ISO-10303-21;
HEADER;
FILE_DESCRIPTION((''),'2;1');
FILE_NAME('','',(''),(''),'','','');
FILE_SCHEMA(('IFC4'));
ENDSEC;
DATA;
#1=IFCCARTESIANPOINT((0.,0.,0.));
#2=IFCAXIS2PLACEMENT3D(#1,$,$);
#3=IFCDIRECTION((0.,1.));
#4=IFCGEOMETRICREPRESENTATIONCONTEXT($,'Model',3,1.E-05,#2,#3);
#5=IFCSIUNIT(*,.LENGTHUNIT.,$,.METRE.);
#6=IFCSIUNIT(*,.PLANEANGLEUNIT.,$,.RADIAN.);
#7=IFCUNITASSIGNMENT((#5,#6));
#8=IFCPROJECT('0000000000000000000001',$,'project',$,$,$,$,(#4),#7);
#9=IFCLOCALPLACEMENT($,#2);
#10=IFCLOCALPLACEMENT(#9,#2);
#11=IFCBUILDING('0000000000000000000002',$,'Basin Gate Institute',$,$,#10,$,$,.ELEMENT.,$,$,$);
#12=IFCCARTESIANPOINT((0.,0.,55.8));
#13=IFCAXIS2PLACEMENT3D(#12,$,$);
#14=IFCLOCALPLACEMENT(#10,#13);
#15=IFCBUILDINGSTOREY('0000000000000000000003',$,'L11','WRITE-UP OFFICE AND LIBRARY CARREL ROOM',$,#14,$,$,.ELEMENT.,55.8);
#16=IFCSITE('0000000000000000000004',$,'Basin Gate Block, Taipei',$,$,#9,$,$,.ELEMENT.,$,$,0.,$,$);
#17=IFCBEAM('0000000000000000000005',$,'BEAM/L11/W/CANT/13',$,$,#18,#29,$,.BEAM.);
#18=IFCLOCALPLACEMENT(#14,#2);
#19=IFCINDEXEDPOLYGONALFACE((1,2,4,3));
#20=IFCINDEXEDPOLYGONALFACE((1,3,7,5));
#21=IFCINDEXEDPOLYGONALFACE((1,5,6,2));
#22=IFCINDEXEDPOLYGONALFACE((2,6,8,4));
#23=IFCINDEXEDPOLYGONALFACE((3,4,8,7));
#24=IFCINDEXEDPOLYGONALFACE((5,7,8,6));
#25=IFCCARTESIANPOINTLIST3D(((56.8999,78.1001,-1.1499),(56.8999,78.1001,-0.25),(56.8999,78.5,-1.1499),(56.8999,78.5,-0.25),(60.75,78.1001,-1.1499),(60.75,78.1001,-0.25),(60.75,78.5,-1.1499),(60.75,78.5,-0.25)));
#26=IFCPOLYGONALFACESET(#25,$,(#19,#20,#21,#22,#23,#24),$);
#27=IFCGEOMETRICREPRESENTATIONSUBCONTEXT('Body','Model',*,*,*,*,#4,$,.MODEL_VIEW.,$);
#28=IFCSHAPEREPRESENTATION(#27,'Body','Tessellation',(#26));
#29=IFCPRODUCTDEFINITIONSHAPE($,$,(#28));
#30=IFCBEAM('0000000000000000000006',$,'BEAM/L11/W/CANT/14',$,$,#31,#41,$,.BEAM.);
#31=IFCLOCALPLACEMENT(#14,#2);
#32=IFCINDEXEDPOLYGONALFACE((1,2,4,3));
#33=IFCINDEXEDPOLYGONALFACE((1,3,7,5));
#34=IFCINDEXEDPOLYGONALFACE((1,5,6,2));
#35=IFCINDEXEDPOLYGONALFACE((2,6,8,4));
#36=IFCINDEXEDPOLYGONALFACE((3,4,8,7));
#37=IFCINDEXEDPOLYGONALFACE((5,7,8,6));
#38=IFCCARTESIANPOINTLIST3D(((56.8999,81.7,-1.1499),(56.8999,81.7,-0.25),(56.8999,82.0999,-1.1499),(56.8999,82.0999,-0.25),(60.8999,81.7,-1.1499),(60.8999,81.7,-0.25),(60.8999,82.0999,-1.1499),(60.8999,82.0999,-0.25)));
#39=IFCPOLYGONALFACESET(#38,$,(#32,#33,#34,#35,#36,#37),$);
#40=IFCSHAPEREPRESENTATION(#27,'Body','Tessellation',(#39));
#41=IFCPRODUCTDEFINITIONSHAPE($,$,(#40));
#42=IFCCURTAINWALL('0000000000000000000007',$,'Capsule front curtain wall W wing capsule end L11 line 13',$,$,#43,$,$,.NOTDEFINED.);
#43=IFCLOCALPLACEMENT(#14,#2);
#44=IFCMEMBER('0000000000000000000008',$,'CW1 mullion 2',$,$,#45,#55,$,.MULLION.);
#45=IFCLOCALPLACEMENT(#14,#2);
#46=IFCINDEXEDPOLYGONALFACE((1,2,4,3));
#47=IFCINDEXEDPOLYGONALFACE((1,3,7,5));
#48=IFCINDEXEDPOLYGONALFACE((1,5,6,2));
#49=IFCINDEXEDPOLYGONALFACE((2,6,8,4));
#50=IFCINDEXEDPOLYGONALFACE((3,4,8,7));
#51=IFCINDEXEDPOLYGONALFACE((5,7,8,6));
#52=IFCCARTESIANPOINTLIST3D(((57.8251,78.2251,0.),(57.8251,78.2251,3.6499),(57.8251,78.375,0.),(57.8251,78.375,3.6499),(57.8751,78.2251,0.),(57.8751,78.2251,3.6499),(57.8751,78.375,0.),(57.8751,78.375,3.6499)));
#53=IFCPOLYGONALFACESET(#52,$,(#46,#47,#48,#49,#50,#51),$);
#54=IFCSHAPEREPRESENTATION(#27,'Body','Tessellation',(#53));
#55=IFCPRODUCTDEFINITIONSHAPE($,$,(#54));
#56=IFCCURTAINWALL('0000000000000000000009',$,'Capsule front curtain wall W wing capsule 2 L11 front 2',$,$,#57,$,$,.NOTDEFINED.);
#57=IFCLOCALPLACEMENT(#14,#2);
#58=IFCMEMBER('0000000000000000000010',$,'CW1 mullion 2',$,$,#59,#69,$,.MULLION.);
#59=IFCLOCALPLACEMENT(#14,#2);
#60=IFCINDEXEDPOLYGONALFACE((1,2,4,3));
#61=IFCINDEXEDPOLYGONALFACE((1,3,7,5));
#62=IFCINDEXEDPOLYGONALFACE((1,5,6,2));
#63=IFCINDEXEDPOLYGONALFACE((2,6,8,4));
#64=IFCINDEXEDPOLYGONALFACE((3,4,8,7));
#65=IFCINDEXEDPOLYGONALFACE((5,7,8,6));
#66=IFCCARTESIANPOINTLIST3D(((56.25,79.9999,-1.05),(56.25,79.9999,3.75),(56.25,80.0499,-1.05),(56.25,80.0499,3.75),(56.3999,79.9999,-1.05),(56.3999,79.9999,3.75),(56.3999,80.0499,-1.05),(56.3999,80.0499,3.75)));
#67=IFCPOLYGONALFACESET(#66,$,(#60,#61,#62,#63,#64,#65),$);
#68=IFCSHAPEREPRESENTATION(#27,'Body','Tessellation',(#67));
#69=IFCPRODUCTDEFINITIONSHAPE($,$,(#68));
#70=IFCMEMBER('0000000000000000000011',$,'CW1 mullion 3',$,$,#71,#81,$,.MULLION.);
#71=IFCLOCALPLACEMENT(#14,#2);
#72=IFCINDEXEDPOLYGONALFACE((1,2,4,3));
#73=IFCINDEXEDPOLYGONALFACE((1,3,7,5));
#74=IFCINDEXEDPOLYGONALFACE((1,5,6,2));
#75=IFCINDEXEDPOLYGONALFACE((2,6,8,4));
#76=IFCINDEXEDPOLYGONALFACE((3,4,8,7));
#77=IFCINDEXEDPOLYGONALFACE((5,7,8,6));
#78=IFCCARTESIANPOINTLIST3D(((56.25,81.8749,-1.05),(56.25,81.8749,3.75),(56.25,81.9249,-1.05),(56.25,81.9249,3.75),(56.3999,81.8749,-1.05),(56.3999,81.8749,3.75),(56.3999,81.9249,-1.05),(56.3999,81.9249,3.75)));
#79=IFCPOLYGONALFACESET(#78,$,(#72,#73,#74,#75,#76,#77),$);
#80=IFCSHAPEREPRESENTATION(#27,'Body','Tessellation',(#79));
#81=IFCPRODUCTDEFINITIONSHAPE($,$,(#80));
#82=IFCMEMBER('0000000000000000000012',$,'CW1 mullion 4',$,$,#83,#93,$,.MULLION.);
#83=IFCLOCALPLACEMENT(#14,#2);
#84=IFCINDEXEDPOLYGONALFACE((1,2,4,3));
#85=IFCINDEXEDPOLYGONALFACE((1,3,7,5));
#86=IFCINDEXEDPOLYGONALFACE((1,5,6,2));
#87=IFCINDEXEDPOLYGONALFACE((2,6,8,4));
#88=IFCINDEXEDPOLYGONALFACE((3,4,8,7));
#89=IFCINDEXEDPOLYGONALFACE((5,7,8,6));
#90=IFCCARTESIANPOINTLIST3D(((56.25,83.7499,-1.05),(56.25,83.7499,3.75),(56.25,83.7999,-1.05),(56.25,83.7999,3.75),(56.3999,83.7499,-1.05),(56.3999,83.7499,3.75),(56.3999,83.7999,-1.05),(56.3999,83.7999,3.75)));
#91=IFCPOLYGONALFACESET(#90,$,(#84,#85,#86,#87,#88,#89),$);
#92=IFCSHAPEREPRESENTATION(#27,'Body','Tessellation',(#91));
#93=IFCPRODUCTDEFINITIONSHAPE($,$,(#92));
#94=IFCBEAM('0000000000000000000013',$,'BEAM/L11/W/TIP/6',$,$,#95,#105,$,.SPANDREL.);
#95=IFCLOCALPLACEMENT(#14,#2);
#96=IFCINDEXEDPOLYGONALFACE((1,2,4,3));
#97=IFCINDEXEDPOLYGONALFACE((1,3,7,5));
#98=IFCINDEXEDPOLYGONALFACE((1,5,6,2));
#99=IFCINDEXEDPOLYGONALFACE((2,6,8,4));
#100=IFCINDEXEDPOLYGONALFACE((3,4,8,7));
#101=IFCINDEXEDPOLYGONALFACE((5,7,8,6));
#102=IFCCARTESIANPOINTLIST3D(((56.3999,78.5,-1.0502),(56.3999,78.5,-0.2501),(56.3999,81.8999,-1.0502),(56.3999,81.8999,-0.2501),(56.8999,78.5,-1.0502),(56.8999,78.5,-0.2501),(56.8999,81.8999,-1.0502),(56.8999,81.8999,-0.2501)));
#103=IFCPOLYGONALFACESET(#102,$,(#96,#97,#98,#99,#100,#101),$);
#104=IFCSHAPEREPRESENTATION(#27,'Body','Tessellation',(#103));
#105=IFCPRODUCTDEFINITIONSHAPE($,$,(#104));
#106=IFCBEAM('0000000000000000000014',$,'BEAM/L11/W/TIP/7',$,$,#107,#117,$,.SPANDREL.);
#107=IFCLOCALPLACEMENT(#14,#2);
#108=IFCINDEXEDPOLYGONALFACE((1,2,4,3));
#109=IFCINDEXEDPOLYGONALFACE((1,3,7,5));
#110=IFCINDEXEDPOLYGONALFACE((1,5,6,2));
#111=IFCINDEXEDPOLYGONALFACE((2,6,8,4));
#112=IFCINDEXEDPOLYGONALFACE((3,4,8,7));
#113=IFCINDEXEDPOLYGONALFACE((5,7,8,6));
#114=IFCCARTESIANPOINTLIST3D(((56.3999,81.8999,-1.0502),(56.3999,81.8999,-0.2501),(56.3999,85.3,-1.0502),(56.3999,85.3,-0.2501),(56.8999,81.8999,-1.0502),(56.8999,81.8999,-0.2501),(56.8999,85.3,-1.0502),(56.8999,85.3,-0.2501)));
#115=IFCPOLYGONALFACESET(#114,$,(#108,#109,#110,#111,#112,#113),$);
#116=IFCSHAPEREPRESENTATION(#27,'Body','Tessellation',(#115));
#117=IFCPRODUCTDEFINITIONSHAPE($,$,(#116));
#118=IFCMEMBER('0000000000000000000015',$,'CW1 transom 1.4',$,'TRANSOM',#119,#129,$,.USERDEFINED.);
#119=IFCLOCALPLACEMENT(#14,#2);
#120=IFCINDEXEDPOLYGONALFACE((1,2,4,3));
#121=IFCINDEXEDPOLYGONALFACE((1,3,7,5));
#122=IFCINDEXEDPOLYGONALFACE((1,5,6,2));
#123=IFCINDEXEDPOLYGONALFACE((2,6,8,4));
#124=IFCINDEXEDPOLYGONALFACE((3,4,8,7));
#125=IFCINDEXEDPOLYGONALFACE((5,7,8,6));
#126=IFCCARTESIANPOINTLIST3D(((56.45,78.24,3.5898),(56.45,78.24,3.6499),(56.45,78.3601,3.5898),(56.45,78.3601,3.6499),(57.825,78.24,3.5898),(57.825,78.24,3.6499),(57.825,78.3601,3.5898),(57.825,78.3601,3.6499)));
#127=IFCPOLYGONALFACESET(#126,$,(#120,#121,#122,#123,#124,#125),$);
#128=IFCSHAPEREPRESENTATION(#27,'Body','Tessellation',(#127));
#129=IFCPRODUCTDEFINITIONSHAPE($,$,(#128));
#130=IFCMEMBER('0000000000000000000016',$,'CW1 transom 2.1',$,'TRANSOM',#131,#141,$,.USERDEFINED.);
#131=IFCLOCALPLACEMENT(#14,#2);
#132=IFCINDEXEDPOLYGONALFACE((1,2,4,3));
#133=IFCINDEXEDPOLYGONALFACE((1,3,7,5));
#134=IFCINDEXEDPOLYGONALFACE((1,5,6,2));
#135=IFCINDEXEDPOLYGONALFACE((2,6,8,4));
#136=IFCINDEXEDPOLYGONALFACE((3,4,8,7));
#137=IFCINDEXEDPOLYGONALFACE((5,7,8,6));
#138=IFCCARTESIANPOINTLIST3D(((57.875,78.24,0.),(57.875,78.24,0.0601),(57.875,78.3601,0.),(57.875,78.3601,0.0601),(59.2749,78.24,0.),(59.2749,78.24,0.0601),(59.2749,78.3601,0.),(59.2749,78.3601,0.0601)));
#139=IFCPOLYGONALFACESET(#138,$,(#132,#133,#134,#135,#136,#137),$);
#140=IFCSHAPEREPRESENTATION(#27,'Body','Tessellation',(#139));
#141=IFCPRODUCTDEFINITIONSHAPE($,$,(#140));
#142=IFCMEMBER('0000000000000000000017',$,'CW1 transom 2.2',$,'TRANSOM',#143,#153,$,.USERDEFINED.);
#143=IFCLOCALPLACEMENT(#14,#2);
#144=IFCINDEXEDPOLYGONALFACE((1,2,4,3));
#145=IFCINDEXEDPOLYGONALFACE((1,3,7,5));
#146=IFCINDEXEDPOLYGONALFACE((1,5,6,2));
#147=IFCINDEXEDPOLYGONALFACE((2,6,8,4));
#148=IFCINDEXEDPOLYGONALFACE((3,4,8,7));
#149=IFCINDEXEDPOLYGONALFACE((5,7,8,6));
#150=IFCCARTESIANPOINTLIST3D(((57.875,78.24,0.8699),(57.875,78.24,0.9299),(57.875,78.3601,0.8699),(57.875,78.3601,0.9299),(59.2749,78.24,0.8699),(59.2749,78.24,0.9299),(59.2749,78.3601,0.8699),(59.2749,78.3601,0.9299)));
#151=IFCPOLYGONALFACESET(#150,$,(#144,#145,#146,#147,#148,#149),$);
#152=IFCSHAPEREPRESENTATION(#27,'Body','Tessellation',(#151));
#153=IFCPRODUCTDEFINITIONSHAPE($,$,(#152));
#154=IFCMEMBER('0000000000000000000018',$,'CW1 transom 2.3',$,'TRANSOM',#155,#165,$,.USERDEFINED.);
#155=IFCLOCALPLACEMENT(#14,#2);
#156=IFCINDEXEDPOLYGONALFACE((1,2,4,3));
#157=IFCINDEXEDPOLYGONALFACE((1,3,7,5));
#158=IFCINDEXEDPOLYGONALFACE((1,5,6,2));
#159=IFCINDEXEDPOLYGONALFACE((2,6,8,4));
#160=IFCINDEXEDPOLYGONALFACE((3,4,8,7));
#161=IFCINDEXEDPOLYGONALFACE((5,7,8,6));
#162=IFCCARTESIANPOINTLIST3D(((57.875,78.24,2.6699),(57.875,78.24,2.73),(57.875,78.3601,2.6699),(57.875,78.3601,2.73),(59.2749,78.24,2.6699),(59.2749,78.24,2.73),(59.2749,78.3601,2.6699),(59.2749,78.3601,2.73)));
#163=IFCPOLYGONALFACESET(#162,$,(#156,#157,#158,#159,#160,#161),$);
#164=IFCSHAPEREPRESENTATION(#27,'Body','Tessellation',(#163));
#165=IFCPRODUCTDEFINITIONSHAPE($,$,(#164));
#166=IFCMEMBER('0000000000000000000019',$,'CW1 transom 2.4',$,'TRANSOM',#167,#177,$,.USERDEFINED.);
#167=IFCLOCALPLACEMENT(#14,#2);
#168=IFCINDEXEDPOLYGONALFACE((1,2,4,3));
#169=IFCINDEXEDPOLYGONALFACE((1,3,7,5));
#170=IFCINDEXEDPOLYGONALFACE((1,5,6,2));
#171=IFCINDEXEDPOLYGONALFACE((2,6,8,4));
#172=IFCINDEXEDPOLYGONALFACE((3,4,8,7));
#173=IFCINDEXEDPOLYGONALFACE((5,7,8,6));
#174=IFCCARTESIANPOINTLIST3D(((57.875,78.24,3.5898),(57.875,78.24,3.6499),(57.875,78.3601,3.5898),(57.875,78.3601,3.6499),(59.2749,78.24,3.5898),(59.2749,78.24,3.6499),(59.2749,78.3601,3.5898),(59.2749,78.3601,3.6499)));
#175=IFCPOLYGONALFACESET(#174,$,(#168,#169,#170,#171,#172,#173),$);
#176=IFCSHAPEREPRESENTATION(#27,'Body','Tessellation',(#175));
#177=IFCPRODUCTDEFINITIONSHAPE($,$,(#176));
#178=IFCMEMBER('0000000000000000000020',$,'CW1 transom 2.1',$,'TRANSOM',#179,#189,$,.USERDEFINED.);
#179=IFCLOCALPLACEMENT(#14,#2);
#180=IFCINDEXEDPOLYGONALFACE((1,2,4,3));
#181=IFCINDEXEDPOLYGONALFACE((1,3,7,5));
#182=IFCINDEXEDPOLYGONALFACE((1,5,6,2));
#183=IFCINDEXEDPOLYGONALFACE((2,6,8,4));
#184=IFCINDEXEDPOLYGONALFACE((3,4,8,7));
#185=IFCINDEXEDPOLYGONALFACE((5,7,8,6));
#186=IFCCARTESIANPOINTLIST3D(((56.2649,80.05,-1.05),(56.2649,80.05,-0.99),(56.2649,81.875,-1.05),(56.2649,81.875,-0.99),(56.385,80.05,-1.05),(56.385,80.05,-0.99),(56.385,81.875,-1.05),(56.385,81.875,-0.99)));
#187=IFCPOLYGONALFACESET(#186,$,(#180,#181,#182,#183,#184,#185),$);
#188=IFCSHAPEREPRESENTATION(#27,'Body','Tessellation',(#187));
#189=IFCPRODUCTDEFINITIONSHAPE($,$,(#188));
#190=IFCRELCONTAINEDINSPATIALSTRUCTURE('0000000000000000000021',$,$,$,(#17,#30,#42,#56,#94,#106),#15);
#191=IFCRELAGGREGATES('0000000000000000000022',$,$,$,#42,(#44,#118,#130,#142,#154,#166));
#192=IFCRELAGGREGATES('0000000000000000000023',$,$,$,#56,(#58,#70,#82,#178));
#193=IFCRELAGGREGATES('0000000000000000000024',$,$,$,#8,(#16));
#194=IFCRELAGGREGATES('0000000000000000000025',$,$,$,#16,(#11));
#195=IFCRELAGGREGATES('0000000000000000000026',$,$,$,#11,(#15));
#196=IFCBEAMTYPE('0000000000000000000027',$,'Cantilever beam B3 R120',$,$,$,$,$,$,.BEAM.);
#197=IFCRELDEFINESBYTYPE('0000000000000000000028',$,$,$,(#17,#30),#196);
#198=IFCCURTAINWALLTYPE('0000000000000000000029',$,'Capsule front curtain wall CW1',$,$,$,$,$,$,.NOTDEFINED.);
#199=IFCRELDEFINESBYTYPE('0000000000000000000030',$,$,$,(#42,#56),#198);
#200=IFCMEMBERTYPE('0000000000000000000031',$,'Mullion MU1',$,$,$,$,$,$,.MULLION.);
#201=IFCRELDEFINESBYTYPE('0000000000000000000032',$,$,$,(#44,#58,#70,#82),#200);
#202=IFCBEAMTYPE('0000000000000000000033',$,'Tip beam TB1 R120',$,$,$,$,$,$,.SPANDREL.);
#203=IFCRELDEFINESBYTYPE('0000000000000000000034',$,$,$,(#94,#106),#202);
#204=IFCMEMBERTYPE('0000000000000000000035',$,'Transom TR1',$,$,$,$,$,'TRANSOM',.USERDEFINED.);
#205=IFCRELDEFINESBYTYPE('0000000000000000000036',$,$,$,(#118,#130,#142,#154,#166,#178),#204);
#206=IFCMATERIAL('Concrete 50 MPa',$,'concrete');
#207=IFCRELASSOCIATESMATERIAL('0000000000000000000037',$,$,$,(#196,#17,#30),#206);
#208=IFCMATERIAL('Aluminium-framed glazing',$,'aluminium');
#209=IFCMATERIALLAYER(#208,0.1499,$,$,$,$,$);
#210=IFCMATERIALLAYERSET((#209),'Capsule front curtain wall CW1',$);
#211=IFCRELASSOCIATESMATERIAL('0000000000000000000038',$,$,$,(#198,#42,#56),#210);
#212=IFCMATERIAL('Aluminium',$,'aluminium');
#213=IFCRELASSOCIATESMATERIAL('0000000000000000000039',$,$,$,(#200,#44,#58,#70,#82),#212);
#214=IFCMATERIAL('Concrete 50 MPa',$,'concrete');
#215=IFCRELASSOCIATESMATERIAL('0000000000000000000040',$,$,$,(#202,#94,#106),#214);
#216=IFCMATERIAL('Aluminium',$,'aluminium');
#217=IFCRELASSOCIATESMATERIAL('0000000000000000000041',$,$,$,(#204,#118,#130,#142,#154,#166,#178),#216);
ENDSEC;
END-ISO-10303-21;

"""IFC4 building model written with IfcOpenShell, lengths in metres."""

from ifc_helpers import new_model, si_unit, direction, frame, origin, origin_2d, place, context, subcontext, project, spatial, rectangle, extrude, material, layer, layer_set, material_profile, profile_set, type_object, element, aggregate, save


model = new_model("IFC4")

# Units and contexts
model_context = context("Model", 3, precision=1e-05, world=origin(), true_north=direction((0.0, 1.0)))
body_context = subcontext(model_context, "Body", "Model", "MODEL_VIEW")
ifc_project = project(units=[si_unit("LENGTHUNIT", "METRE"), si_unit("PLANEANGLEUNIT", "RADIAN")], contexts=[model_context])

# Site, building, storey
site_placement = place(None, origin())
site = spatial("IfcSite", under=ifc_project, at=site_placement, Name="Basin Gate Block, Taipei", CompositionType="ELEMENT", RefElevation=0.0)
building_placement = place(site_placement, origin())
building = spatial("IfcBuilding", under=site, at=building_placement, Name="Basin Gate Institute", CompositionType="ELEMENT")
storey_placement = place(building_placement, frame((0.0, 0.0, 55.8)))
storey = spatial("IfcBuildingStorey", under=building, at=storey_placement, Name="L11", Description="WRITE-UP OFFICE AND LIBRARY CARREL ROOM", CompositionType="ELEMENT", Elevation=55.8)

# Beams
ifc_material_1 = material(Name="Concrete 50 MPa", Category="concrete")
ifc_material_profile_1 = material_profile(ifc_material_1, rectangle(XDim=0.3999, YDim=0.8999, at=origin_2d()), Name="Cantilever beam B3 400 x 900")
ifc_profile_set_1 = profile_set([ifc_material_profile_1], Name="Concrete 50 MPa")
beam_type_1 = type_object("IfcBeamType", Name="Cantilever beam B3 R120", PredefinedType="BEAM", material=ifc_profile_set_1)
beam_1_placement = place(storey_placement, frame((56.8999, 78.3, -0.7), z_axis=(1.0, 0.0, 0.0), x_axis=(0.0, 1.0, 0.0)))
element("IfcBeam", 1, at=beam_1_placement, inside=storey, type_object=beam_type_1, material=ifc_profile_set_1, Name="BEAM/L11/W/CANT/13", PredefinedType="BEAM", context=body_context, shape_type="SweptSolid", body=[
    extrude(rectangle(XDim=0.3999, YDim=0.8999, at=origin_2d()), origin(), (0.0, 0.0, 1.0), 3.8501),
])
beam_2_placement = place(storey_placement, frame((56.8999, 81.8999, -0.7), z_axis=(1.0, 0.0, 0.0), x_axis=(0.0, 1.0, 0.0)))
element("IfcBeam", 2, at=beam_2_placement, inside=storey, type_object=beam_type_1, material=ifc_profile_set_1, Name="BEAM/L11/W/CANT/14", PredefinedType="BEAM", context=body_context, shape_type="SweptSolid", body=[
    extrude(rectangle(XDim=0.3999, YDim=0.8999, at=origin_2d()), origin(), (0.0, 0.0, 1.0), 4.0),
])

# Curtain wall, member
ifc_material_2 = material(Name="Aluminium-framed glazing", Category="aluminium")
ifc_layer_1 = layer(ifc_material_2, 0.1499)
ifc_layer_set_1 = layer_set([ifc_layer_1], Name="Capsule front curtain wall CW1")
curtain_wall_type = type_object("IfcCurtainWallType", Name="Capsule front curtain wall CW1", PredefinedType="NOTDEFINED", material=ifc_layer_set_1)
curtain_wall_1_placement = place(storey_placement, origin())
curtain_wall_1 = element("IfcCurtainWall", 3, at=curtain_wall_1_placement, inside=storey, type_object=curtain_wall_type, material=ifc_layer_set_1, Name="Capsule front curtain wall W wing capsule end L11 line 13", PredefinedType="NOTDEFINED")
ifc_material_3 = material(Name="Aluminium", Category="aluminium")
ifc_material_profile_2 = material_profile(ifc_material_3, rectangle(XDim=0.1499, YDim=0.05, at=origin_2d()), Name="Mullion MU1 150 x 50")
ifc_profile_set_2 = profile_set([ifc_material_profile_2], Name="Aluminium")
member_type_1 = type_object("IfcMemberType", Name="Mullion MU1", PredefinedType="MULLION", material=ifc_profile_set_2)
member_1_placement = place(storey_placement, frame((57.8501, 78.3, 0.0), z_axis=(0.0, 0.0, 1.0), x_axis=(0.0, 1.0, 0.0)))
member_1 = element("IfcMember", 4, at=member_1_placement, type_object=member_type_1, material=ifc_profile_set_2, Name="CW1 mullion 2", PredefinedType="MULLION", context=body_context, shape_type="SweptSolid", body=[
    extrude(rectangle(XDim=0.1499, YDim=0.05, at=origin_2d()), origin(), (0.0, 0.0, 1.0), 3.6499),
])

# Curtain wall, members
curtain_wall_2_placement = place(storey_placement, origin())
curtain_wall_2 = element("IfcCurtainWall", 5, at=curtain_wall_2_placement, inside=storey, type_object=curtain_wall_type, material=ifc_layer_set_1, Name="Capsule front curtain wall W wing capsule 2 L11 front 2", PredefinedType="NOTDEFINED")
member_2_placement = place(storey_placement, frame((56.325, 80.0249, -1.05), z_axis=(0.0, 0.0, 1.0), x_axis=(-1.0, 0.0, 0.0)))
member_2 = element("IfcMember", 6, at=member_2_placement, type_object=member_type_1, material=ifc_profile_set_2, Name="CW1 mullion 2", PredefinedType="MULLION", context=body_context, shape_type="SweptSolid", body=[
    extrude(rectangle(XDim=0.1499, YDim=0.05, at=origin_2d()), origin(), (0.0, 0.0, 1.0), 4.8),
])
member_3_placement = place(storey_placement, frame((56.325, 81.8999, -1.05), z_axis=(0.0, 0.0, 1.0), x_axis=(-1.0, 0.0, 0.0)))
member_3 = element("IfcMember", 7, at=member_3_placement, type_object=member_type_1, material=ifc_profile_set_2, Name="CW1 mullion 3", PredefinedType="MULLION", context=body_context, shape_type="SweptSolid", body=[
    extrude(rectangle(XDim=0.1499, YDim=0.05, at=origin_2d()), origin(), (0.0, 0.0, 1.0), 4.8),
])
member_4_placement = place(storey_placement, frame((56.325, 83.7749, -1.05), z_axis=(0.0, 0.0, 1.0), x_axis=(-1.0, 0.0, 0.0)))
member_4 = element("IfcMember", 8, at=member_4_placement, type_object=member_type_1, material=ifc_profile_set_2, Name="CW1 mullion 4", PredefinedType="MULLION", context=body_context, shape_type="SweptSolid", body=[
    extrude(rectangle(XDim=0.1499, YDim=0.05, at=origin_2d()), origin(), (0.0, 0.0, 1.0), 4.8),
])

# Beams
ifc_material_4 = material(Name="Concrete 50 MPa", Category="concrete")
ifc_material_profile_3 = material_profile(ifc_material_4, rectangle(XDim=0.5, YDim=0.8, at=origin_2d()), Name="Tip beam TB1 500 x 800")
ifc_profile_set_3 = profile_set([ifc_material_profile_3], Name="Concrete 50 MPa")
beam_type_2 = type_object("IfcBeamType", Name="Tip beam TB1 R120", PredefinedType="SPANDREL", material=ifc_profile_set_3)
beam_3_placement = place(storey_placement, frame((56.6499, 78.5, -0.6501), z_axis=(0.0, 1.0, 0.0), x_axis=(-1.0, 0.0, 0.0)))
element("IfcBeam", 9, at=beam_3_placement, inside=storey, type_object=beam_type_2, material=ifc_profile_set_3, Name="BEAM/L11/W/TIP/6", PredefinedType="SPANDREL", context=body_context, shape_type="SweptSolid", body=[
    extrude(rectangle(XDim=0.5, YDim=0.8, at=origin_2d()), origin(), (0.0, 0.0, 1.0), 3.3999),
])
beam_4_placement = place(storey_placement, frame((56.6499, 81.8999, -0.6501), z_axis=(0.0, 1.0, 0.0), x_axis=(-1.0, 0.0, 0.0)))
element("IfcBeam", 10, at=beam_4_placement, inside=storey, type_object=beam_type_2, material=ifc_profile_set_3, Name="BEAM/L11/W/TIP/7", PredefinedType="SPANDREL", context=body_context, shape_type="SweptSolid", body=[
    extrude(rectangle(XDim=0.5, YDim=0.8, at=origin_2d()), origin(), (0.0, 0.0, 1.0), 3.4001),
])

# Members
ifc_material_5 = material(Name="Aluminium", Category="aluminium")
ifc_material_profile_4 = material_profile(ifc_material_5, rectangle(XDim=0.1201, YDim=0.0601, at=origin_2d()), Name="Transom TR1 120 x 60")
ifc_profile_set_4 = profile_set([ifc_material_profile_4], Name="Aluminium")
member_type_2 = type_object("IfcMemberType", Name="Transom TR1", ElementType="TRANSOM", PredefinedType="USERDEFINED", material=ifc_profile_set_4)
member_5_placement = place(storey_placement, frame((56.45, 78.3, 3.6199), z_axis=(1.0, 0.0, 0.0), x_axis=(0.0, 1.0, 0.0)))
member_5 = element("IfcMember", 11, at=member_5_placement, type_object=member_type_2, material=ifc_profile_set_4, Name="CW1 transom 1.4", ObjectType="TRANSOM", PredefinedType="USERDEFINED", context=body_context, shape_type="SweptSolid", body=[
    extrude(rectangle(XDim=0.1201, YDim=0.0601, at=origin_2d()), origin(), (0.0, 0.0, 1.0), 1.375),
])
member_6_placement = place(storey_placement, frame((57.875, 78.3, 0.03), z_axis=(1.0, 0.0, 0.0), x_axis=(0.0, 1.0, 0.0)))
member_6 = element("IfcMember", 12, at=member_6_placement, type_object=member_type_2, material=ifc_profile_set_4, Name="CW1 transom 2.1", ObjectType="TRANSOM", PredefinedType="USERDEFINED", context=body_context, shape_type="SweptSolid", body=[
    extrude(rectangle(XDim=0.1201, YDim=0.0601, at=origin_2d()), origin(), (0.0, 0.0, 1.0), 1.3999),
])
member_7_placement = place(storey_placement, frame((57.875, 78.3, 0.8999), z_axis=(1.0, 0.0, 0.0), x_axis=(0.0, 1.0, 0.0)))
member_7 = element("IfcMember", 13, at=member_7_placement, type_object=member_type_2, material=ifc_profile_set_4, Name="CW1 transom 2.2", ObjectType="TRANSOM", PredefinedType="USERDEFINED", context=body_context, shape_type="SweptSolid", body=[
    extrude(rectangle(XDim=0.1201, YDim=0.0601, at=origin_2d()), origin(), (0.0, 0.0, 1.0), 1.3999),
])
member_8_placement = place(storey_placement, frame((57.875, 78.3, 2.7), z_axis=(1.0, 0.0, 0.0), x_axis=(0.0, 1.0, 0.0)))
member_8 = element("IfcMember", 14, at=member_8_placement, type_object=member_type_2, material=ifc_profile_set_4, Name="CW1 transom 2.3", ObjectType="TRANSOM", PredefinedType="USERDEFINED", context=body_context, shape_type="SweptSolid", body=[
    extrude(rectangle(XDim=0.1201, YDim=0.0601, at=origin_2d()), origin(), (0.0, 0.0, 1.0), 1.3999),
])
member_9_placement = place(storey_placement, frame((57.875, 78.3, 3.6199), z_axis=(1.0, 0.0, 0.0), x_axis=(0.0, 1.0, 0.0)))
member_9 = element("IfcMember", 15, at=member_9_placement, type_object=member_type_2, material=ifc_profile_set_4, Name="CW1 transom 2.4", ObjectType="TRANSOM", PredefinedType="USERDEFINED", context=body_context, shape_type="SweptSolid", body=[
    extrude(rectangle(XDim=0.1201, YDim=0.0601, at=origin_2d()), origin(), (0.0, 0.0, 1.0), 1.3999),
])
member_10_placement = place(storey_placement, frame((56.325, 80.05, -1.02), z_axis=(0.0, 1.0, 0.0), x_axis=(-1.0, 0.0, 0.0)))
member_10 = element("IfcMember", 16, at=member_10_placement, type_object=member_type_2, material=ifc_profile_set_4, Name="CW1 transom 2.1", ObjectType="TRANSOM", PredefinedType="USERDEFINED", context=body_context, shape_type="SweptSolid", body=[
    extrude(rectangle(XDim=0.1201, YDim=0.0601, at=origin_2d()), origin(), (0.0, 0.0, 1.0), 1.825),
])

aggregate(curtain_wall_1, [member_1, member_5, member_6, member_7, member_8, member_9])
aggregate(curtain_wall_2, [member_2, member_3, member_4, member_10])

save(model, "model.ifc")
